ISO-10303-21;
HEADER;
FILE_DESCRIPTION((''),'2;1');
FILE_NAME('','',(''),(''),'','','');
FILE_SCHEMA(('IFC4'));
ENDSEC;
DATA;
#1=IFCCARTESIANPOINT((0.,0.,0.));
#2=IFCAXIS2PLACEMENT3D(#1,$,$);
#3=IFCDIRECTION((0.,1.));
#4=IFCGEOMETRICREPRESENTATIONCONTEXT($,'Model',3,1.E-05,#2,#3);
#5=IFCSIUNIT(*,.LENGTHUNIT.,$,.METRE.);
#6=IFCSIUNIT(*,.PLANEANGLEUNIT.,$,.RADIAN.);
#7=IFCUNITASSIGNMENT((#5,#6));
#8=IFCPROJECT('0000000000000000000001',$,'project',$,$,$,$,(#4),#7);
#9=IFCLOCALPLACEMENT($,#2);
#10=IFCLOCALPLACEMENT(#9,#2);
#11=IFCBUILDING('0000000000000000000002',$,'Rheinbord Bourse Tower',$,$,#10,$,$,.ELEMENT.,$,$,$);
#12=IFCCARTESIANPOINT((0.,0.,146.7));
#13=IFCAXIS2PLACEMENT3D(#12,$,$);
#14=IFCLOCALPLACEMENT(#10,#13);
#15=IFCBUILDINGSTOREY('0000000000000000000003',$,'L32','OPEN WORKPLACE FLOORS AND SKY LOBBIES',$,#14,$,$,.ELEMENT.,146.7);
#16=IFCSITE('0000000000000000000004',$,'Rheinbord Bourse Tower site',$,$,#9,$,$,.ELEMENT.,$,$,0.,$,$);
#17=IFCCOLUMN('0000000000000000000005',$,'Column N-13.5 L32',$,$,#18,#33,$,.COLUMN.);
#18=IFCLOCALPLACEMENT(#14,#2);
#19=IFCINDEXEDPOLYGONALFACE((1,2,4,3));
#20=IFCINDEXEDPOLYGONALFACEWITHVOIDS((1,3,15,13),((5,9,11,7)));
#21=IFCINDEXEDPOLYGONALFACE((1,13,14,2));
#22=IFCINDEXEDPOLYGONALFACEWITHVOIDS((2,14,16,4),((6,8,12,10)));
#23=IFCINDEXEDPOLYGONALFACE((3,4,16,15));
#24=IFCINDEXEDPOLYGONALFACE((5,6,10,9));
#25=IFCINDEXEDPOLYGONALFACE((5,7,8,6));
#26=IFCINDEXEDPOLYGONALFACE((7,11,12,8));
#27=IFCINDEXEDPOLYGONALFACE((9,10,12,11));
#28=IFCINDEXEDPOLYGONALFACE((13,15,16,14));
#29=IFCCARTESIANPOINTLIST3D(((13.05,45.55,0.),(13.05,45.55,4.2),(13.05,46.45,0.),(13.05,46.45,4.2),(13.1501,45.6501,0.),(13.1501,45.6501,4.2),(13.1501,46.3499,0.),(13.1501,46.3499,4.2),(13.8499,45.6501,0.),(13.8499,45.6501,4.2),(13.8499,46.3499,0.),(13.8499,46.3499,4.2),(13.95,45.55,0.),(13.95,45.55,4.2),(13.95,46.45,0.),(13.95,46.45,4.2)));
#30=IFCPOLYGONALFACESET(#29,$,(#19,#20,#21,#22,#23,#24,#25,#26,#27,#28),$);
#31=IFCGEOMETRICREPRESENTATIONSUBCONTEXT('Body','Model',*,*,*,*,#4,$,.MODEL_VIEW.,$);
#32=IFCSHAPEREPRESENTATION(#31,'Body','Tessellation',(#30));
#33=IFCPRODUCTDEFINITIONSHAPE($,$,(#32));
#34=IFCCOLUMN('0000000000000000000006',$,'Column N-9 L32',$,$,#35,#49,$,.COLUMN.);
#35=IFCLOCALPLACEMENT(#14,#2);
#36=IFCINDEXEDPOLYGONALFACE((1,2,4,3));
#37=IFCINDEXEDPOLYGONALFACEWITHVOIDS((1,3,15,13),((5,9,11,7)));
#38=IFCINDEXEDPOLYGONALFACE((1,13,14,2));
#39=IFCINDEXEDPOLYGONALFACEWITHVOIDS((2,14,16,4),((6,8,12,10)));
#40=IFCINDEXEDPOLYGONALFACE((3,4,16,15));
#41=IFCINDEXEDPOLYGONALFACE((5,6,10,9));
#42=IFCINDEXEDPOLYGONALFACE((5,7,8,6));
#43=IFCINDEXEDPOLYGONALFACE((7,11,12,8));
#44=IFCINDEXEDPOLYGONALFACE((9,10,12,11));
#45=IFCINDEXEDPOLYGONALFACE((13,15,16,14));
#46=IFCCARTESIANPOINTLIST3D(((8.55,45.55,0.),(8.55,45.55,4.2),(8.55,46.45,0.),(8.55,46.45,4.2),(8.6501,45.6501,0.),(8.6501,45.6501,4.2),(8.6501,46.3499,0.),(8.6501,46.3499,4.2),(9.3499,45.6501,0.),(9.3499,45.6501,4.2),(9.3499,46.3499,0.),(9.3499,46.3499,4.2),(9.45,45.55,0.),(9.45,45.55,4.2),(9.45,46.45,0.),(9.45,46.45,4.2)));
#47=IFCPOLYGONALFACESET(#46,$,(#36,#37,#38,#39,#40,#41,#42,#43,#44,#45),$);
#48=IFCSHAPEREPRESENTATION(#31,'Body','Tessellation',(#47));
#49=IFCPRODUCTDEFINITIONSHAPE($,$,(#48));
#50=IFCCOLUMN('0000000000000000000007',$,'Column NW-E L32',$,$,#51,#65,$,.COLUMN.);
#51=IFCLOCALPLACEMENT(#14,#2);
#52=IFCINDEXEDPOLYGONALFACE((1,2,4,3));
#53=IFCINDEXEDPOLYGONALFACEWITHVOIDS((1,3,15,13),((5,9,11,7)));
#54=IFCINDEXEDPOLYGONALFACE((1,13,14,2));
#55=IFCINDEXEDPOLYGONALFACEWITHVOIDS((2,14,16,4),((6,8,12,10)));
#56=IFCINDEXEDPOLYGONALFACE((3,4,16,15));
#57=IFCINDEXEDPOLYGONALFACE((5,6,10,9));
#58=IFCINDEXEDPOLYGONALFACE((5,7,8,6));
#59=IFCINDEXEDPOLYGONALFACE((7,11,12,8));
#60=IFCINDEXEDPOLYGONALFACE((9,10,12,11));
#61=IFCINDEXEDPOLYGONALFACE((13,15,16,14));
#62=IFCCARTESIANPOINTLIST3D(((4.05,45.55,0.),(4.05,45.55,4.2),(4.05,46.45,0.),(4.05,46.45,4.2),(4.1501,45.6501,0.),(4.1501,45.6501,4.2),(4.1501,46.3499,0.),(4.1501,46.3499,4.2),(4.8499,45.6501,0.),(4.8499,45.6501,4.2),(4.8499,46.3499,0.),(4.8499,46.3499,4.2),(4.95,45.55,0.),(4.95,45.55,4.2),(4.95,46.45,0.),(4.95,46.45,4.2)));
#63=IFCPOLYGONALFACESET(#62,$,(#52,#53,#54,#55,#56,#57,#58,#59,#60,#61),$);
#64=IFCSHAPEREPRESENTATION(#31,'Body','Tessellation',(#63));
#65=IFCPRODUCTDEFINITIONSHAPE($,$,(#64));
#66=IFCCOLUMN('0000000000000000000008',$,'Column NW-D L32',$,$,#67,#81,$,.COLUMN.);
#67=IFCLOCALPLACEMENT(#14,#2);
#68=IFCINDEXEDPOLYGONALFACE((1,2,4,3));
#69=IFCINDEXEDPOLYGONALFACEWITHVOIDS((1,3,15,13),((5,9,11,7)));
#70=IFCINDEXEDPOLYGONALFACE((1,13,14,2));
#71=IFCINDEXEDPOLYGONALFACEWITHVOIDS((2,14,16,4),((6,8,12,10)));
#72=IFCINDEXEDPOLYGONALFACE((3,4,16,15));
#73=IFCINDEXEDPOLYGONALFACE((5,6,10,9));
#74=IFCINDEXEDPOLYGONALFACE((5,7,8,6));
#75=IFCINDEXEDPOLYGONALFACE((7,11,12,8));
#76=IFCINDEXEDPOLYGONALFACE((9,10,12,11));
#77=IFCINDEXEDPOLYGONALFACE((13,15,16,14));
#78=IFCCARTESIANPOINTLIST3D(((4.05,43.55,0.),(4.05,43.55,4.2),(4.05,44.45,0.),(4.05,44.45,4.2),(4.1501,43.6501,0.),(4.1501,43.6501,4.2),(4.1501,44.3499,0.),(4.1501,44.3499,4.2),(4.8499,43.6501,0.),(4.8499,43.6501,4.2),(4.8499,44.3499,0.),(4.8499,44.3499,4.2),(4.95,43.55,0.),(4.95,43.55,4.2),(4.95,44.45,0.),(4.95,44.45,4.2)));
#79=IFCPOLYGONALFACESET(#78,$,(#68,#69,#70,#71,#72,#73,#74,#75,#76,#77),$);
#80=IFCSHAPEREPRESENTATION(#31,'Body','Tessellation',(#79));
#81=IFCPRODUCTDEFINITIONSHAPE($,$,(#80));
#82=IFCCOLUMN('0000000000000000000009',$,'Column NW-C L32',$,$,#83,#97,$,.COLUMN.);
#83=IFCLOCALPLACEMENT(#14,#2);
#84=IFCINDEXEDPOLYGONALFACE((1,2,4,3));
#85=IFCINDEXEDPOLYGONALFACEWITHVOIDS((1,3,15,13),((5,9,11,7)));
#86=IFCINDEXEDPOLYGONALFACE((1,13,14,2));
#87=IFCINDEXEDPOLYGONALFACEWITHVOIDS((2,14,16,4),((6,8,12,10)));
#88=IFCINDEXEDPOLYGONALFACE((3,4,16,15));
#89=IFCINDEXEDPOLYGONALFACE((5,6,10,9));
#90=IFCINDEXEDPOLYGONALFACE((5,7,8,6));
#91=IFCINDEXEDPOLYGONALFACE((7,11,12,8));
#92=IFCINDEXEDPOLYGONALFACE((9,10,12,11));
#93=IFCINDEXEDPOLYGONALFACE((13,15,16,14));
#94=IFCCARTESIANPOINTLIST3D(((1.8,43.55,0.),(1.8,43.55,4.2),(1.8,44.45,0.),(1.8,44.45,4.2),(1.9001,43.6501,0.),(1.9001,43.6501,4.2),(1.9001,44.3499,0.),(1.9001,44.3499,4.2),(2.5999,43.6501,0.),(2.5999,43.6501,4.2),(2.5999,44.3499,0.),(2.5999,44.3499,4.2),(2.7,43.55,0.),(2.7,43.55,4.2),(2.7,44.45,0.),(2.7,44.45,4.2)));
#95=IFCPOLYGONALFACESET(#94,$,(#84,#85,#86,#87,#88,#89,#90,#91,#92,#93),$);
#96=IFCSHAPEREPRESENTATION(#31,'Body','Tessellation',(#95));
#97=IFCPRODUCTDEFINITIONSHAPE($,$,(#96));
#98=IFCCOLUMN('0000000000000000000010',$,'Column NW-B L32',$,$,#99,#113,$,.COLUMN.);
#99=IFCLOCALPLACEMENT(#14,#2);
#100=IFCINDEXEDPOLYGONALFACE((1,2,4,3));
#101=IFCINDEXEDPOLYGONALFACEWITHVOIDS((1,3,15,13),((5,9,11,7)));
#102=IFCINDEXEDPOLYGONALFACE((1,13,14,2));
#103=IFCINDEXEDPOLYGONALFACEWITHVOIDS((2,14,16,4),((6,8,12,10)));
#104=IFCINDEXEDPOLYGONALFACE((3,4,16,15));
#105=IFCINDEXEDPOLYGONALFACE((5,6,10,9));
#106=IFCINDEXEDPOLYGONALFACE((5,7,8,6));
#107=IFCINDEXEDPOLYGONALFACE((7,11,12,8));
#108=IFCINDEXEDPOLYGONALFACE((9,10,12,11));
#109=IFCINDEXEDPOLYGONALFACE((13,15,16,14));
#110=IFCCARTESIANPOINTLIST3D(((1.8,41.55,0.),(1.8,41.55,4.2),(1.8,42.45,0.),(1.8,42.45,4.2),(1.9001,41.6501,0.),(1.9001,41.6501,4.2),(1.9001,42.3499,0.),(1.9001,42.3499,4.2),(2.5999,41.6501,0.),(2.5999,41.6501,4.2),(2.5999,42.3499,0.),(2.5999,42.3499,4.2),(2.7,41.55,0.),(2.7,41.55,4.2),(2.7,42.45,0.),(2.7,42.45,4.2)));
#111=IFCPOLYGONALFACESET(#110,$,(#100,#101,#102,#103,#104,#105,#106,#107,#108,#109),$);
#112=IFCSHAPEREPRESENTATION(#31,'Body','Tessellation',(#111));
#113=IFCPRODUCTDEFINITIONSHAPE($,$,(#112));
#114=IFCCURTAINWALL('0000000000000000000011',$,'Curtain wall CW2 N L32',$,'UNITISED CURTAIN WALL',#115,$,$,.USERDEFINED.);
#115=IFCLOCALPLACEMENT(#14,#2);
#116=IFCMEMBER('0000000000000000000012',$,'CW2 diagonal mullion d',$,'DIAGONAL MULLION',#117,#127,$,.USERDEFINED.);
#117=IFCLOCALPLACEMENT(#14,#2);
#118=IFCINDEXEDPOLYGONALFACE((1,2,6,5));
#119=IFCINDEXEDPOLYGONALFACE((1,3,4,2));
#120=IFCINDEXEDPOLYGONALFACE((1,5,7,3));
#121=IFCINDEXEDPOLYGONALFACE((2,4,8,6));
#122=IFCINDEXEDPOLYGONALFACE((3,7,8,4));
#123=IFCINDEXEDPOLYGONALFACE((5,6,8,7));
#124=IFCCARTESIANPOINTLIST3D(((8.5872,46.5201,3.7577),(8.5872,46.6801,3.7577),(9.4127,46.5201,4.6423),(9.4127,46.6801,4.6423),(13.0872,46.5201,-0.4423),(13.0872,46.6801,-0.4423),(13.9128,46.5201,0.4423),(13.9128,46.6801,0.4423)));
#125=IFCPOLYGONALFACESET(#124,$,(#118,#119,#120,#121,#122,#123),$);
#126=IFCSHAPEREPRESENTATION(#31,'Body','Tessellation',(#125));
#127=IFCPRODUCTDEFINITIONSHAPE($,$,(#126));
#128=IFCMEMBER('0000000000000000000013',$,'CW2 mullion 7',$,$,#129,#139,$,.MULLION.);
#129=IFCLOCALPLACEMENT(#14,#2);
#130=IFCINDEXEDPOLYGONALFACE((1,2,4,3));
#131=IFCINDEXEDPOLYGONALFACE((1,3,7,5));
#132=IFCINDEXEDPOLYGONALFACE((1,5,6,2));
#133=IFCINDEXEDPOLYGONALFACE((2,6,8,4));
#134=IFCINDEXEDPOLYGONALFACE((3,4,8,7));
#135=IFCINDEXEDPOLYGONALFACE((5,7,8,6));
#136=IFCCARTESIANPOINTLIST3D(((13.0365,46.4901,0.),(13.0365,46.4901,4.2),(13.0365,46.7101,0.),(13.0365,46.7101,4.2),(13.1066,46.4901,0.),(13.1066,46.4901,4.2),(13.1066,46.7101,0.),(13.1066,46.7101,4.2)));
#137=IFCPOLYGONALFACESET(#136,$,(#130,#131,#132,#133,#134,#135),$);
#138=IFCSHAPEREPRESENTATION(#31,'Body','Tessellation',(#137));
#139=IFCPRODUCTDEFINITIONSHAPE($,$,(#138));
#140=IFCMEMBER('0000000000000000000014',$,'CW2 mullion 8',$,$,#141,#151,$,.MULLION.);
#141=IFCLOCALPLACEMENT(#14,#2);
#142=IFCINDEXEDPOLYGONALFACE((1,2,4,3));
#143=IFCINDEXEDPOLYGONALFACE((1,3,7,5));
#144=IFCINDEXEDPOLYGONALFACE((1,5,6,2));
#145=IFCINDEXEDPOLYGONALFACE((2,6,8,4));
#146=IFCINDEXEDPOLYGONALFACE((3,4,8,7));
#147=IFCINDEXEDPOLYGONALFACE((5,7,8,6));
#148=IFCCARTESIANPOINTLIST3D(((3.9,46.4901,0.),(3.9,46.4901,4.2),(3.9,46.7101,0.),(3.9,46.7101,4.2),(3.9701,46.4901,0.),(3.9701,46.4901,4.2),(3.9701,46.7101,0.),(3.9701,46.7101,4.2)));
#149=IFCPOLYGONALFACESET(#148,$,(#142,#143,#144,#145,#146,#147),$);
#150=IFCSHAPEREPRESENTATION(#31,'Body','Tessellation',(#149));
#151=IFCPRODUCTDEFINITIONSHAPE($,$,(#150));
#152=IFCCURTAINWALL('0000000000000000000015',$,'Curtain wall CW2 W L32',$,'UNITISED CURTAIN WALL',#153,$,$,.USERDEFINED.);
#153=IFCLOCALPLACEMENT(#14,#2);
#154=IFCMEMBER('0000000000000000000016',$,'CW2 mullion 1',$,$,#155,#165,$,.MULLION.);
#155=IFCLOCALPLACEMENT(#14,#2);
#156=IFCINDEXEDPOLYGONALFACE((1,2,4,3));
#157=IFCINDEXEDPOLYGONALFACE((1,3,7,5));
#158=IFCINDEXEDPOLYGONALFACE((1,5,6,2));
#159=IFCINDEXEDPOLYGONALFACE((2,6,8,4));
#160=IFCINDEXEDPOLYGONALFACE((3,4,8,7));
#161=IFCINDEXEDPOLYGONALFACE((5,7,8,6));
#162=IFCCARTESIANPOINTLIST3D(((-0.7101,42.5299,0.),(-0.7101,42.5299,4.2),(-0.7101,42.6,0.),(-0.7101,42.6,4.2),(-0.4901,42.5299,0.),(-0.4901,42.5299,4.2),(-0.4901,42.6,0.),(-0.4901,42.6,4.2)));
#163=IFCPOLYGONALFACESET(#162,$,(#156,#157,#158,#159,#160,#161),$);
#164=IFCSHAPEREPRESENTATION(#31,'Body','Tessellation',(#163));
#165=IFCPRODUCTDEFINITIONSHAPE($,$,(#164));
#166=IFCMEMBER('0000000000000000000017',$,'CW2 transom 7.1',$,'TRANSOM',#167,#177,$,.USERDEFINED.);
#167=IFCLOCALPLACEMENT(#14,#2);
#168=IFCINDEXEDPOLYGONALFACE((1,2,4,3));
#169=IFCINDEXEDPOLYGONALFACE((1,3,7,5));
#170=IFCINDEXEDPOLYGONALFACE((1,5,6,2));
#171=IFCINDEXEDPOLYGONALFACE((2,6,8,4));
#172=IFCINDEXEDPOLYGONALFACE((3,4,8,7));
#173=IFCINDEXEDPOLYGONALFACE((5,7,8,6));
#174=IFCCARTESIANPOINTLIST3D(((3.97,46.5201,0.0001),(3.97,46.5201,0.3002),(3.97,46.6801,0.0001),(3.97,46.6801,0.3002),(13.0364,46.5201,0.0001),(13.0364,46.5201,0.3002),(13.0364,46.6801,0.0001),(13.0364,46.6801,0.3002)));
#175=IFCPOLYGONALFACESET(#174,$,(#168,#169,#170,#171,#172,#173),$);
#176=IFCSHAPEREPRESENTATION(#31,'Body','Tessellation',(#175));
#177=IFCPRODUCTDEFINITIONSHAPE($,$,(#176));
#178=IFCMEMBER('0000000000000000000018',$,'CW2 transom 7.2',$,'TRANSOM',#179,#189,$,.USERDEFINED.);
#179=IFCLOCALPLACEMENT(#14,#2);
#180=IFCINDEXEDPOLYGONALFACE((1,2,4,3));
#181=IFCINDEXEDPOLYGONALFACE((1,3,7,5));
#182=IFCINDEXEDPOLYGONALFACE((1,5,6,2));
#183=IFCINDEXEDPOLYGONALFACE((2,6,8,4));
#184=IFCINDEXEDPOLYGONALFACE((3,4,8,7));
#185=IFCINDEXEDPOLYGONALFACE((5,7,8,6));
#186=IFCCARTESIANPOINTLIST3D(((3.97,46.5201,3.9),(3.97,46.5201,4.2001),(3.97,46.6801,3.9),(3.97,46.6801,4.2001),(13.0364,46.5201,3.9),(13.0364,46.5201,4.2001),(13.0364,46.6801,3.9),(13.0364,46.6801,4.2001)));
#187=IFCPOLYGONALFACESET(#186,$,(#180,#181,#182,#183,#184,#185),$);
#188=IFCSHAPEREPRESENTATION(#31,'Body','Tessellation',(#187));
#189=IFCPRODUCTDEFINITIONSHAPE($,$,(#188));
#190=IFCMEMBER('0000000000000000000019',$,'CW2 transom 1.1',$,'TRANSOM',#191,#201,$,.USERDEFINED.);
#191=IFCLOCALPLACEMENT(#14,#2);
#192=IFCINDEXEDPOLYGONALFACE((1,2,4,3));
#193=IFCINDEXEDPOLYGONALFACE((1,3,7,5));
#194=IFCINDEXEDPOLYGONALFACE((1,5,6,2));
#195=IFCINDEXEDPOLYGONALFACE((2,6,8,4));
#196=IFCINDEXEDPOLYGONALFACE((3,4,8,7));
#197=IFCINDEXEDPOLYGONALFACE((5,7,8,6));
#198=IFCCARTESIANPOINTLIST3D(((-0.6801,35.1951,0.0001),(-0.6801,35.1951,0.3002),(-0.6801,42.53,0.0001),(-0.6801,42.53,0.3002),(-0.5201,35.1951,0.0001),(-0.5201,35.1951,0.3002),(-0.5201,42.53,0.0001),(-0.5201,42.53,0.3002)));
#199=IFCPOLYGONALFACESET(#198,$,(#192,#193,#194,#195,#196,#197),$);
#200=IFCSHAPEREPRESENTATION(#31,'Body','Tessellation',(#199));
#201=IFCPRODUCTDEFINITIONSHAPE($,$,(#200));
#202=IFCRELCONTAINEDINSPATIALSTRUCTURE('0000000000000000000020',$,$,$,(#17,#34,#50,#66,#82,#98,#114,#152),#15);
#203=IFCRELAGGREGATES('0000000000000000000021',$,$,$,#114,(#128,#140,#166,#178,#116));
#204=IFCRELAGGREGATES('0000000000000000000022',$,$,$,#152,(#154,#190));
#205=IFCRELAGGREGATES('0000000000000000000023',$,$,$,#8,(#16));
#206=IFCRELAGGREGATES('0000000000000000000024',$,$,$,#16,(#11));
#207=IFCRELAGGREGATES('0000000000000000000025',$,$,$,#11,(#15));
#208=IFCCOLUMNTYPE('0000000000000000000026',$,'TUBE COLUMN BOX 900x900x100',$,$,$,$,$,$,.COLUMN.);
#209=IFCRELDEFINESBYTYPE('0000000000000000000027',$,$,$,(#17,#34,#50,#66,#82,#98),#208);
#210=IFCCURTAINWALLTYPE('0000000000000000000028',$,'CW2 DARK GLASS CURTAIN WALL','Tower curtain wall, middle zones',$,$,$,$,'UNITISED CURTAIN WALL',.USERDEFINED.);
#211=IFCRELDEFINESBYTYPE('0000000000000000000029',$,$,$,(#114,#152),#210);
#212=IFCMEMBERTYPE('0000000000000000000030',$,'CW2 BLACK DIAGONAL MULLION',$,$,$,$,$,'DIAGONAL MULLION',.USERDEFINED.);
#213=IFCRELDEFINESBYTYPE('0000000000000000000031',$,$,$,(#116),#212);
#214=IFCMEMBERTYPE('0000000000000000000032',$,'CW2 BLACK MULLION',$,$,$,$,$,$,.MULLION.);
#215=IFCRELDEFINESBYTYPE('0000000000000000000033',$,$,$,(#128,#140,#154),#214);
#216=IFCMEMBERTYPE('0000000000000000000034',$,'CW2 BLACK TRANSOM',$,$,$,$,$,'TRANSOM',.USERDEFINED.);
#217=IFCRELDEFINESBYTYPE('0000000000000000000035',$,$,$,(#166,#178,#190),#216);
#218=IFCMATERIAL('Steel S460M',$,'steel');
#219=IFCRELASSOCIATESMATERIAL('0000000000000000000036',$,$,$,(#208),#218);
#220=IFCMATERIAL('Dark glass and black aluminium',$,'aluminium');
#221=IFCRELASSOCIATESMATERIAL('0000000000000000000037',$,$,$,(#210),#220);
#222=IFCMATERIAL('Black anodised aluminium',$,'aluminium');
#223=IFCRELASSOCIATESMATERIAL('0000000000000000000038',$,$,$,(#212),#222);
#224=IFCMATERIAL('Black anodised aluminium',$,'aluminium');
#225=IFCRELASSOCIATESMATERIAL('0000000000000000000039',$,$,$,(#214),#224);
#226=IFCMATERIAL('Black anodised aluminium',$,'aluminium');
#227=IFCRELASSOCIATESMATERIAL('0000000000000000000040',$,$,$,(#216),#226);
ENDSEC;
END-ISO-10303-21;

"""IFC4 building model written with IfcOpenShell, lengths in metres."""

from ifc_helpers import new_model, si_unit, direction, frame, origin, origin_2d, place, context, subcontext, project, spatial, rectangle, hollow_rectangle, extrude, material, material_profile, profile_set, type_object, element, aggregate, save


model = new_model("IFC4")

# Units and contexts
model_context = context("Model", 3, precision=1e-05, world=origin(), true_north=direction((0.0, 1.0)))
body_context = subcontext(model_context, "Body", "Model", "MODEL_VIEW")
ifc_project = project(units=[si_unit("LENGTHUNIT", "METRE"), si_unit("PLANEANGLEUNIT", "RADIAN")], contexts=[model_context])

# Site, building, storey
site_placement = place(None, origin())
site = spatial("IfcSite", under=ifc_project, at=site_placement, Name="Rheinbord Bourse Tower site", CompositionType="ELEMENT", RefElevation=0.0)
building_placement = place(site_placement, origin())
building = spatial("IfcBuilding", under=site, at=building_placement, Name="Rheinbord Bourse Tower", CompositionType="ELEMENT")
storey_placement = place(building_placement, frame((0.0, 0.0, 146.7)))
storey = spatial("IfcBuildingStorey", under=building, at=storey_placement, Name="L32", Description="OPEN WORKPLACE FLOORS AND SKY LOBBIES", CompositionType="ELEMENT", Elevation=146.7)

# Columns
ifc_material_1 = material(Name="Steel S460M", Category="steel")
ifc_material_profile_1 = material_profile(ifc_material_1, hollow_rectangle(XDim=0.8999, YDim=0.8999, WallThickness=0.1001, at=origin_2d()), Name="BOX 900x900x100")
ifc_profile_set_1 = profile_set([ifc_material_profile_1], Name="Steel S460M")
column_type = type_object("IfcColumnType", Name="TUBE COLUMN BOX 900x900x100", PredefinedType="COLUMN", material=ifc_profile_set_1)
for number, where, z_axis, x_axis, name in (
    (1, (13.5, 46.0, 0.0), (0.0, 0.0, 1.0), (0.0, 1.0, 0.0), "Column N-13.5 L32"),
    (2, (9.0, 46.0, 0.0), (0.0, 0.0, 1.0), (0.0, 1.0, 0.0), "Column N-9 L32"),
    (3, (4.5, 46.0, 0.0), (0.0, 0.0, 1.0), (0.0, 1.0, 0.0), "Column NW-E L32"),
    (4, (4.5, 44.0, 0.0), (0.0, 0.0, 1.0), (0.0, 1.0, 0.0), "Column NW-D L32"),
    (5, (2.25, 44.0, 0.0), (0.0, 0.0, 1.0), (1.0, 0.0, 0.0), "Column NW-C L32"),
    (6, (2.25, 42.0, 0.0), (0.0, 0.0, 1.0), (1.0, 0.0, 0.0), "Column NW-B L32"),
):
    element("IfcColumn", number, at=place(storey_placement, frame(where, z_axis=z_axis, x_axis=x_axis)), inside=storey, type_object=column_type, Name=name, PredefinedType="COLUMN", context=body_context, shape_type="SweptSolid", body=[
        extrude(hollow_rectangle(XDim=0.8999, YDim=0.8999, WallThickness=0.1001, at=origin_2d()), origin(), (0.0, 0.0, 1.0), 4.2),
    ])

# Curtain wall, members
ifc_material_2 = material(Name="Dark glass and black aluminium", Category="aluminium")
curtain_wall_type = type_object("IfcCurtainWallType", Name="CW2 DARK GLASS CURTAIN WALL", Description="Tower curtain wall, middle zones", ElementType="UNITISED CURTAIN WALL", PredefinedType="USERDEFINED", material=ifc_material_2)
curtain_wall_1_placement = place(storey_placement, origin())
curtain_wall_1 = element("IfcCurtainWall", 7, at=curtain_wall_1_placement, inside=storey, type_object=curtain_wall_type, Name="Curtain wall CW2 N L32", ObjectType="UNITISED CURTAIN WALL", PredefinedType="USERDEFINED")
ifc_material_3 = material(Name="Black anodised aluminium", Category="aluminium")
ifc_material_profile_2 = material_profile(ifc_material_3, rectangle(XDim=0.1599, YDim=1.21, at=origin_2d()), Name="CW2 DIAGONAL MULLION 1210x160")
ifc_profile_set_2 = profile_set([ifc_material_profile_2], Name="Black anodised aluminium")
member_type_1 = type_object("IfcMemberType", Name="CW2 BLACK DIAGONAL MULLION", ElementType="DIAGONAL MULLION", PredefinedType="USERDEFINED", material=ifc_profile_set_2)
member_1_placement = place(storey_placement, frame((13.5, 46.6001, 0.0), z_axis=(-0.731059, 0.0, 0.682314), x_axis=(0.0, -1.0, 0.0)))
member_1 = element("IfcMember", 8, at=member_1_placement, type_object=member_type_1, Name="CW2 diagonal mullion d", ObjectType="DIAGONAL MULLION", PredefinedType="USERDEFINED", context=body_context, shape_type="SweptSolid", body=[
    extrude(rectangle(XDim=0.1599, YDim=1.21, at=origin_2d()), origin(), (0.0, 0.0, 1.0), 6.1555),
])
ifc_material_4 = material(Name="Black anodised aluminium", Category="aluminium")
ifc_material_profile_3 = material_profile(ifc_material_4, rectangle(XDim=0.22, YDim=0.0701, at=origin_2d()), Name="CW2 MULLION 70x220")
ifc_profile_set_3 = profile_set([ifc_material_profile_3], Name="Black anodised aluminium")
member_type_2 = type_object("IfcMemberType", Name="CW2 BLACK MULLION", PredefinedType="MULLION", material=ifc_profile_set_3)
member_2_placement = place(storey_placement, frame((13.0715, 46.6001, 0.0), z_axis=(0.0, 0.0, 1.0), x_axis=(0.0, -1.0, 0.0)))
member_2 = element("IfcMember", 9, at=member_2_placement, type_object=member_type_2, Name="CW2 mullion 7", PredefinedType="MULLION", context=body_context, shape_type="SweptSolid", body=[
    extrude(rectangle(XDim=0.22, YDim=0.0701, at=origin_2d()), origin(), (0.0, 0.0, 1.0), 4.2),
])
member_3_placement = place(storey_placement, frame((3.9351, 46.6001, 0.0), z_axis=(0.0, 0.0, 1.0), x_axis=(0.0, -1.0, 0.0)))
member_3 = element("IfcMember", 10, at=member_3_placement, type_object=member_type_2, Name="CW2 mullion 8", PredefinedType="MULLION", context=body_context, shape_type="SweptSolid", body=[
    extrude(rectangle(XDim=0.22, YDim=0.0701, at=origin_2d()), origin(), (0.0, 0.0, 1.0), 4.2),
])

# Curtain wall, member
curtain_wall_2_placement = place(storey_placement, origin())
curtain_wall_2 = element("IfcCurtainWall", 11, at=curtain_wall_2_placement, inside=storey, type_object=curtain_wall_type, Name="Curtain wall CW2 W L32", ObjectType="UNITISED CURTAIN WALL", PredefinedType="USERDEFINED")
member_4_placement = place(storey_placement, frame((-0.6001, 42.5649, 0.0), z_axis=(0.0, 0.0, 1.0), x_axis=(1.0, 0.0, 0.0)))
member_4 = element("IfcMember", 12, at=member_4_placement, type_object=member_type_2, Name="CW2 mullion 1", PredefinedType="MULLION", context=body_context, shape_type="SweptSolid", body=[
    extrude(rectangle(XDim=0.22, YDim=0.0701, at=origin_2d()), origin(), (0.0, 0.0, 1.0), 4.2),
])

# Members
ifc_material_5 = material(Name="Black anodised aluminium", Category="aluminium")
ifc_material_profile_4 = material_profile(ifc_material_5, rectangle(XDim=0.1599, YDim=0.3, at=origin_2d()), Name="CW2 TRANSOM 300x160")
ifc_profile_set_4 = profile_set([ifc_material_profile_4], Name="Black anodised aluminium")
member_type_3 = type_object("IfcMemberType", Name="CW2 BLACK TRANSOM", ElementType="TRANSOM", PredefinedType="USERDEFINED", material=ifc_profile_set_4)
member_5_placement = place(storey_placement, frame((13.0364, 46.6001, 0.1501), z_axis=(-1.0, 0.0, 0.0), x_axis=(0.0, -1.0, 0.0)))
member_5 = element("IfcMember", 13, at=member_5_placement, type_object=member_type_3, Name="CW2 transom 7.1", ObjectType="TRANSOM", PredefinedType="USERDEFINED", context=body_context, shape_type="SweptSolid", body=[
    extrude(rectangle(XDim=0.1599, YDim=0.3, at=origin_2d()), origin(), (0.0, 0.0, 1.0), 9.0664),
])
member_6_placement = place(storey_placement, frame((13.0364, 46.6001, 4.05), z_axis=(-1.0, 0.0, 0.0), x_axis=(0.0, -1.0, 0.0)))
member_6 = element("IfcMember", 14, at=member_6_placement, type_object=member_type_3, Name="CW2 transom 7.2", ObjectType="TRANSOM", PredefinedType="USERDEFINED", context=body_context, shape_type="SweptSolid", body=[
    extrude(rectangle(XDim=0.1599, YDim=0.3, at=origin_2d()), origin(), (0.0, 0.0, 1.0), 9.0664),
])
member_7_placement = place(storey_placement, frame((-0.6001, 42.53, 0.1501), z_axis=(0.0, -1.0, 0.0), x_axis=(1.0, 0.0, 0.0)))
member_7 = element("IfcMember", 15, at=member_7_placement, type_object=member_type_3, Name="CW2 transom 1.1", ObjectType="TRANSOM", PredefinedType="USERDEFINED", context=body_context, shape_type="SweptSolid", body=[
    extrude(rectangle(XDim=0.1599, YDim=0.3, at=origin_2d()), origin(), (0.0, 0.0, 1.0), 7.335),
])

aggregate(curtain_wall_1, [member_2, member_3, member_5, member_6, member_1])
aggregate(curtain_wall_2, [member_4, member_7])

save(model, "model.ifc")
